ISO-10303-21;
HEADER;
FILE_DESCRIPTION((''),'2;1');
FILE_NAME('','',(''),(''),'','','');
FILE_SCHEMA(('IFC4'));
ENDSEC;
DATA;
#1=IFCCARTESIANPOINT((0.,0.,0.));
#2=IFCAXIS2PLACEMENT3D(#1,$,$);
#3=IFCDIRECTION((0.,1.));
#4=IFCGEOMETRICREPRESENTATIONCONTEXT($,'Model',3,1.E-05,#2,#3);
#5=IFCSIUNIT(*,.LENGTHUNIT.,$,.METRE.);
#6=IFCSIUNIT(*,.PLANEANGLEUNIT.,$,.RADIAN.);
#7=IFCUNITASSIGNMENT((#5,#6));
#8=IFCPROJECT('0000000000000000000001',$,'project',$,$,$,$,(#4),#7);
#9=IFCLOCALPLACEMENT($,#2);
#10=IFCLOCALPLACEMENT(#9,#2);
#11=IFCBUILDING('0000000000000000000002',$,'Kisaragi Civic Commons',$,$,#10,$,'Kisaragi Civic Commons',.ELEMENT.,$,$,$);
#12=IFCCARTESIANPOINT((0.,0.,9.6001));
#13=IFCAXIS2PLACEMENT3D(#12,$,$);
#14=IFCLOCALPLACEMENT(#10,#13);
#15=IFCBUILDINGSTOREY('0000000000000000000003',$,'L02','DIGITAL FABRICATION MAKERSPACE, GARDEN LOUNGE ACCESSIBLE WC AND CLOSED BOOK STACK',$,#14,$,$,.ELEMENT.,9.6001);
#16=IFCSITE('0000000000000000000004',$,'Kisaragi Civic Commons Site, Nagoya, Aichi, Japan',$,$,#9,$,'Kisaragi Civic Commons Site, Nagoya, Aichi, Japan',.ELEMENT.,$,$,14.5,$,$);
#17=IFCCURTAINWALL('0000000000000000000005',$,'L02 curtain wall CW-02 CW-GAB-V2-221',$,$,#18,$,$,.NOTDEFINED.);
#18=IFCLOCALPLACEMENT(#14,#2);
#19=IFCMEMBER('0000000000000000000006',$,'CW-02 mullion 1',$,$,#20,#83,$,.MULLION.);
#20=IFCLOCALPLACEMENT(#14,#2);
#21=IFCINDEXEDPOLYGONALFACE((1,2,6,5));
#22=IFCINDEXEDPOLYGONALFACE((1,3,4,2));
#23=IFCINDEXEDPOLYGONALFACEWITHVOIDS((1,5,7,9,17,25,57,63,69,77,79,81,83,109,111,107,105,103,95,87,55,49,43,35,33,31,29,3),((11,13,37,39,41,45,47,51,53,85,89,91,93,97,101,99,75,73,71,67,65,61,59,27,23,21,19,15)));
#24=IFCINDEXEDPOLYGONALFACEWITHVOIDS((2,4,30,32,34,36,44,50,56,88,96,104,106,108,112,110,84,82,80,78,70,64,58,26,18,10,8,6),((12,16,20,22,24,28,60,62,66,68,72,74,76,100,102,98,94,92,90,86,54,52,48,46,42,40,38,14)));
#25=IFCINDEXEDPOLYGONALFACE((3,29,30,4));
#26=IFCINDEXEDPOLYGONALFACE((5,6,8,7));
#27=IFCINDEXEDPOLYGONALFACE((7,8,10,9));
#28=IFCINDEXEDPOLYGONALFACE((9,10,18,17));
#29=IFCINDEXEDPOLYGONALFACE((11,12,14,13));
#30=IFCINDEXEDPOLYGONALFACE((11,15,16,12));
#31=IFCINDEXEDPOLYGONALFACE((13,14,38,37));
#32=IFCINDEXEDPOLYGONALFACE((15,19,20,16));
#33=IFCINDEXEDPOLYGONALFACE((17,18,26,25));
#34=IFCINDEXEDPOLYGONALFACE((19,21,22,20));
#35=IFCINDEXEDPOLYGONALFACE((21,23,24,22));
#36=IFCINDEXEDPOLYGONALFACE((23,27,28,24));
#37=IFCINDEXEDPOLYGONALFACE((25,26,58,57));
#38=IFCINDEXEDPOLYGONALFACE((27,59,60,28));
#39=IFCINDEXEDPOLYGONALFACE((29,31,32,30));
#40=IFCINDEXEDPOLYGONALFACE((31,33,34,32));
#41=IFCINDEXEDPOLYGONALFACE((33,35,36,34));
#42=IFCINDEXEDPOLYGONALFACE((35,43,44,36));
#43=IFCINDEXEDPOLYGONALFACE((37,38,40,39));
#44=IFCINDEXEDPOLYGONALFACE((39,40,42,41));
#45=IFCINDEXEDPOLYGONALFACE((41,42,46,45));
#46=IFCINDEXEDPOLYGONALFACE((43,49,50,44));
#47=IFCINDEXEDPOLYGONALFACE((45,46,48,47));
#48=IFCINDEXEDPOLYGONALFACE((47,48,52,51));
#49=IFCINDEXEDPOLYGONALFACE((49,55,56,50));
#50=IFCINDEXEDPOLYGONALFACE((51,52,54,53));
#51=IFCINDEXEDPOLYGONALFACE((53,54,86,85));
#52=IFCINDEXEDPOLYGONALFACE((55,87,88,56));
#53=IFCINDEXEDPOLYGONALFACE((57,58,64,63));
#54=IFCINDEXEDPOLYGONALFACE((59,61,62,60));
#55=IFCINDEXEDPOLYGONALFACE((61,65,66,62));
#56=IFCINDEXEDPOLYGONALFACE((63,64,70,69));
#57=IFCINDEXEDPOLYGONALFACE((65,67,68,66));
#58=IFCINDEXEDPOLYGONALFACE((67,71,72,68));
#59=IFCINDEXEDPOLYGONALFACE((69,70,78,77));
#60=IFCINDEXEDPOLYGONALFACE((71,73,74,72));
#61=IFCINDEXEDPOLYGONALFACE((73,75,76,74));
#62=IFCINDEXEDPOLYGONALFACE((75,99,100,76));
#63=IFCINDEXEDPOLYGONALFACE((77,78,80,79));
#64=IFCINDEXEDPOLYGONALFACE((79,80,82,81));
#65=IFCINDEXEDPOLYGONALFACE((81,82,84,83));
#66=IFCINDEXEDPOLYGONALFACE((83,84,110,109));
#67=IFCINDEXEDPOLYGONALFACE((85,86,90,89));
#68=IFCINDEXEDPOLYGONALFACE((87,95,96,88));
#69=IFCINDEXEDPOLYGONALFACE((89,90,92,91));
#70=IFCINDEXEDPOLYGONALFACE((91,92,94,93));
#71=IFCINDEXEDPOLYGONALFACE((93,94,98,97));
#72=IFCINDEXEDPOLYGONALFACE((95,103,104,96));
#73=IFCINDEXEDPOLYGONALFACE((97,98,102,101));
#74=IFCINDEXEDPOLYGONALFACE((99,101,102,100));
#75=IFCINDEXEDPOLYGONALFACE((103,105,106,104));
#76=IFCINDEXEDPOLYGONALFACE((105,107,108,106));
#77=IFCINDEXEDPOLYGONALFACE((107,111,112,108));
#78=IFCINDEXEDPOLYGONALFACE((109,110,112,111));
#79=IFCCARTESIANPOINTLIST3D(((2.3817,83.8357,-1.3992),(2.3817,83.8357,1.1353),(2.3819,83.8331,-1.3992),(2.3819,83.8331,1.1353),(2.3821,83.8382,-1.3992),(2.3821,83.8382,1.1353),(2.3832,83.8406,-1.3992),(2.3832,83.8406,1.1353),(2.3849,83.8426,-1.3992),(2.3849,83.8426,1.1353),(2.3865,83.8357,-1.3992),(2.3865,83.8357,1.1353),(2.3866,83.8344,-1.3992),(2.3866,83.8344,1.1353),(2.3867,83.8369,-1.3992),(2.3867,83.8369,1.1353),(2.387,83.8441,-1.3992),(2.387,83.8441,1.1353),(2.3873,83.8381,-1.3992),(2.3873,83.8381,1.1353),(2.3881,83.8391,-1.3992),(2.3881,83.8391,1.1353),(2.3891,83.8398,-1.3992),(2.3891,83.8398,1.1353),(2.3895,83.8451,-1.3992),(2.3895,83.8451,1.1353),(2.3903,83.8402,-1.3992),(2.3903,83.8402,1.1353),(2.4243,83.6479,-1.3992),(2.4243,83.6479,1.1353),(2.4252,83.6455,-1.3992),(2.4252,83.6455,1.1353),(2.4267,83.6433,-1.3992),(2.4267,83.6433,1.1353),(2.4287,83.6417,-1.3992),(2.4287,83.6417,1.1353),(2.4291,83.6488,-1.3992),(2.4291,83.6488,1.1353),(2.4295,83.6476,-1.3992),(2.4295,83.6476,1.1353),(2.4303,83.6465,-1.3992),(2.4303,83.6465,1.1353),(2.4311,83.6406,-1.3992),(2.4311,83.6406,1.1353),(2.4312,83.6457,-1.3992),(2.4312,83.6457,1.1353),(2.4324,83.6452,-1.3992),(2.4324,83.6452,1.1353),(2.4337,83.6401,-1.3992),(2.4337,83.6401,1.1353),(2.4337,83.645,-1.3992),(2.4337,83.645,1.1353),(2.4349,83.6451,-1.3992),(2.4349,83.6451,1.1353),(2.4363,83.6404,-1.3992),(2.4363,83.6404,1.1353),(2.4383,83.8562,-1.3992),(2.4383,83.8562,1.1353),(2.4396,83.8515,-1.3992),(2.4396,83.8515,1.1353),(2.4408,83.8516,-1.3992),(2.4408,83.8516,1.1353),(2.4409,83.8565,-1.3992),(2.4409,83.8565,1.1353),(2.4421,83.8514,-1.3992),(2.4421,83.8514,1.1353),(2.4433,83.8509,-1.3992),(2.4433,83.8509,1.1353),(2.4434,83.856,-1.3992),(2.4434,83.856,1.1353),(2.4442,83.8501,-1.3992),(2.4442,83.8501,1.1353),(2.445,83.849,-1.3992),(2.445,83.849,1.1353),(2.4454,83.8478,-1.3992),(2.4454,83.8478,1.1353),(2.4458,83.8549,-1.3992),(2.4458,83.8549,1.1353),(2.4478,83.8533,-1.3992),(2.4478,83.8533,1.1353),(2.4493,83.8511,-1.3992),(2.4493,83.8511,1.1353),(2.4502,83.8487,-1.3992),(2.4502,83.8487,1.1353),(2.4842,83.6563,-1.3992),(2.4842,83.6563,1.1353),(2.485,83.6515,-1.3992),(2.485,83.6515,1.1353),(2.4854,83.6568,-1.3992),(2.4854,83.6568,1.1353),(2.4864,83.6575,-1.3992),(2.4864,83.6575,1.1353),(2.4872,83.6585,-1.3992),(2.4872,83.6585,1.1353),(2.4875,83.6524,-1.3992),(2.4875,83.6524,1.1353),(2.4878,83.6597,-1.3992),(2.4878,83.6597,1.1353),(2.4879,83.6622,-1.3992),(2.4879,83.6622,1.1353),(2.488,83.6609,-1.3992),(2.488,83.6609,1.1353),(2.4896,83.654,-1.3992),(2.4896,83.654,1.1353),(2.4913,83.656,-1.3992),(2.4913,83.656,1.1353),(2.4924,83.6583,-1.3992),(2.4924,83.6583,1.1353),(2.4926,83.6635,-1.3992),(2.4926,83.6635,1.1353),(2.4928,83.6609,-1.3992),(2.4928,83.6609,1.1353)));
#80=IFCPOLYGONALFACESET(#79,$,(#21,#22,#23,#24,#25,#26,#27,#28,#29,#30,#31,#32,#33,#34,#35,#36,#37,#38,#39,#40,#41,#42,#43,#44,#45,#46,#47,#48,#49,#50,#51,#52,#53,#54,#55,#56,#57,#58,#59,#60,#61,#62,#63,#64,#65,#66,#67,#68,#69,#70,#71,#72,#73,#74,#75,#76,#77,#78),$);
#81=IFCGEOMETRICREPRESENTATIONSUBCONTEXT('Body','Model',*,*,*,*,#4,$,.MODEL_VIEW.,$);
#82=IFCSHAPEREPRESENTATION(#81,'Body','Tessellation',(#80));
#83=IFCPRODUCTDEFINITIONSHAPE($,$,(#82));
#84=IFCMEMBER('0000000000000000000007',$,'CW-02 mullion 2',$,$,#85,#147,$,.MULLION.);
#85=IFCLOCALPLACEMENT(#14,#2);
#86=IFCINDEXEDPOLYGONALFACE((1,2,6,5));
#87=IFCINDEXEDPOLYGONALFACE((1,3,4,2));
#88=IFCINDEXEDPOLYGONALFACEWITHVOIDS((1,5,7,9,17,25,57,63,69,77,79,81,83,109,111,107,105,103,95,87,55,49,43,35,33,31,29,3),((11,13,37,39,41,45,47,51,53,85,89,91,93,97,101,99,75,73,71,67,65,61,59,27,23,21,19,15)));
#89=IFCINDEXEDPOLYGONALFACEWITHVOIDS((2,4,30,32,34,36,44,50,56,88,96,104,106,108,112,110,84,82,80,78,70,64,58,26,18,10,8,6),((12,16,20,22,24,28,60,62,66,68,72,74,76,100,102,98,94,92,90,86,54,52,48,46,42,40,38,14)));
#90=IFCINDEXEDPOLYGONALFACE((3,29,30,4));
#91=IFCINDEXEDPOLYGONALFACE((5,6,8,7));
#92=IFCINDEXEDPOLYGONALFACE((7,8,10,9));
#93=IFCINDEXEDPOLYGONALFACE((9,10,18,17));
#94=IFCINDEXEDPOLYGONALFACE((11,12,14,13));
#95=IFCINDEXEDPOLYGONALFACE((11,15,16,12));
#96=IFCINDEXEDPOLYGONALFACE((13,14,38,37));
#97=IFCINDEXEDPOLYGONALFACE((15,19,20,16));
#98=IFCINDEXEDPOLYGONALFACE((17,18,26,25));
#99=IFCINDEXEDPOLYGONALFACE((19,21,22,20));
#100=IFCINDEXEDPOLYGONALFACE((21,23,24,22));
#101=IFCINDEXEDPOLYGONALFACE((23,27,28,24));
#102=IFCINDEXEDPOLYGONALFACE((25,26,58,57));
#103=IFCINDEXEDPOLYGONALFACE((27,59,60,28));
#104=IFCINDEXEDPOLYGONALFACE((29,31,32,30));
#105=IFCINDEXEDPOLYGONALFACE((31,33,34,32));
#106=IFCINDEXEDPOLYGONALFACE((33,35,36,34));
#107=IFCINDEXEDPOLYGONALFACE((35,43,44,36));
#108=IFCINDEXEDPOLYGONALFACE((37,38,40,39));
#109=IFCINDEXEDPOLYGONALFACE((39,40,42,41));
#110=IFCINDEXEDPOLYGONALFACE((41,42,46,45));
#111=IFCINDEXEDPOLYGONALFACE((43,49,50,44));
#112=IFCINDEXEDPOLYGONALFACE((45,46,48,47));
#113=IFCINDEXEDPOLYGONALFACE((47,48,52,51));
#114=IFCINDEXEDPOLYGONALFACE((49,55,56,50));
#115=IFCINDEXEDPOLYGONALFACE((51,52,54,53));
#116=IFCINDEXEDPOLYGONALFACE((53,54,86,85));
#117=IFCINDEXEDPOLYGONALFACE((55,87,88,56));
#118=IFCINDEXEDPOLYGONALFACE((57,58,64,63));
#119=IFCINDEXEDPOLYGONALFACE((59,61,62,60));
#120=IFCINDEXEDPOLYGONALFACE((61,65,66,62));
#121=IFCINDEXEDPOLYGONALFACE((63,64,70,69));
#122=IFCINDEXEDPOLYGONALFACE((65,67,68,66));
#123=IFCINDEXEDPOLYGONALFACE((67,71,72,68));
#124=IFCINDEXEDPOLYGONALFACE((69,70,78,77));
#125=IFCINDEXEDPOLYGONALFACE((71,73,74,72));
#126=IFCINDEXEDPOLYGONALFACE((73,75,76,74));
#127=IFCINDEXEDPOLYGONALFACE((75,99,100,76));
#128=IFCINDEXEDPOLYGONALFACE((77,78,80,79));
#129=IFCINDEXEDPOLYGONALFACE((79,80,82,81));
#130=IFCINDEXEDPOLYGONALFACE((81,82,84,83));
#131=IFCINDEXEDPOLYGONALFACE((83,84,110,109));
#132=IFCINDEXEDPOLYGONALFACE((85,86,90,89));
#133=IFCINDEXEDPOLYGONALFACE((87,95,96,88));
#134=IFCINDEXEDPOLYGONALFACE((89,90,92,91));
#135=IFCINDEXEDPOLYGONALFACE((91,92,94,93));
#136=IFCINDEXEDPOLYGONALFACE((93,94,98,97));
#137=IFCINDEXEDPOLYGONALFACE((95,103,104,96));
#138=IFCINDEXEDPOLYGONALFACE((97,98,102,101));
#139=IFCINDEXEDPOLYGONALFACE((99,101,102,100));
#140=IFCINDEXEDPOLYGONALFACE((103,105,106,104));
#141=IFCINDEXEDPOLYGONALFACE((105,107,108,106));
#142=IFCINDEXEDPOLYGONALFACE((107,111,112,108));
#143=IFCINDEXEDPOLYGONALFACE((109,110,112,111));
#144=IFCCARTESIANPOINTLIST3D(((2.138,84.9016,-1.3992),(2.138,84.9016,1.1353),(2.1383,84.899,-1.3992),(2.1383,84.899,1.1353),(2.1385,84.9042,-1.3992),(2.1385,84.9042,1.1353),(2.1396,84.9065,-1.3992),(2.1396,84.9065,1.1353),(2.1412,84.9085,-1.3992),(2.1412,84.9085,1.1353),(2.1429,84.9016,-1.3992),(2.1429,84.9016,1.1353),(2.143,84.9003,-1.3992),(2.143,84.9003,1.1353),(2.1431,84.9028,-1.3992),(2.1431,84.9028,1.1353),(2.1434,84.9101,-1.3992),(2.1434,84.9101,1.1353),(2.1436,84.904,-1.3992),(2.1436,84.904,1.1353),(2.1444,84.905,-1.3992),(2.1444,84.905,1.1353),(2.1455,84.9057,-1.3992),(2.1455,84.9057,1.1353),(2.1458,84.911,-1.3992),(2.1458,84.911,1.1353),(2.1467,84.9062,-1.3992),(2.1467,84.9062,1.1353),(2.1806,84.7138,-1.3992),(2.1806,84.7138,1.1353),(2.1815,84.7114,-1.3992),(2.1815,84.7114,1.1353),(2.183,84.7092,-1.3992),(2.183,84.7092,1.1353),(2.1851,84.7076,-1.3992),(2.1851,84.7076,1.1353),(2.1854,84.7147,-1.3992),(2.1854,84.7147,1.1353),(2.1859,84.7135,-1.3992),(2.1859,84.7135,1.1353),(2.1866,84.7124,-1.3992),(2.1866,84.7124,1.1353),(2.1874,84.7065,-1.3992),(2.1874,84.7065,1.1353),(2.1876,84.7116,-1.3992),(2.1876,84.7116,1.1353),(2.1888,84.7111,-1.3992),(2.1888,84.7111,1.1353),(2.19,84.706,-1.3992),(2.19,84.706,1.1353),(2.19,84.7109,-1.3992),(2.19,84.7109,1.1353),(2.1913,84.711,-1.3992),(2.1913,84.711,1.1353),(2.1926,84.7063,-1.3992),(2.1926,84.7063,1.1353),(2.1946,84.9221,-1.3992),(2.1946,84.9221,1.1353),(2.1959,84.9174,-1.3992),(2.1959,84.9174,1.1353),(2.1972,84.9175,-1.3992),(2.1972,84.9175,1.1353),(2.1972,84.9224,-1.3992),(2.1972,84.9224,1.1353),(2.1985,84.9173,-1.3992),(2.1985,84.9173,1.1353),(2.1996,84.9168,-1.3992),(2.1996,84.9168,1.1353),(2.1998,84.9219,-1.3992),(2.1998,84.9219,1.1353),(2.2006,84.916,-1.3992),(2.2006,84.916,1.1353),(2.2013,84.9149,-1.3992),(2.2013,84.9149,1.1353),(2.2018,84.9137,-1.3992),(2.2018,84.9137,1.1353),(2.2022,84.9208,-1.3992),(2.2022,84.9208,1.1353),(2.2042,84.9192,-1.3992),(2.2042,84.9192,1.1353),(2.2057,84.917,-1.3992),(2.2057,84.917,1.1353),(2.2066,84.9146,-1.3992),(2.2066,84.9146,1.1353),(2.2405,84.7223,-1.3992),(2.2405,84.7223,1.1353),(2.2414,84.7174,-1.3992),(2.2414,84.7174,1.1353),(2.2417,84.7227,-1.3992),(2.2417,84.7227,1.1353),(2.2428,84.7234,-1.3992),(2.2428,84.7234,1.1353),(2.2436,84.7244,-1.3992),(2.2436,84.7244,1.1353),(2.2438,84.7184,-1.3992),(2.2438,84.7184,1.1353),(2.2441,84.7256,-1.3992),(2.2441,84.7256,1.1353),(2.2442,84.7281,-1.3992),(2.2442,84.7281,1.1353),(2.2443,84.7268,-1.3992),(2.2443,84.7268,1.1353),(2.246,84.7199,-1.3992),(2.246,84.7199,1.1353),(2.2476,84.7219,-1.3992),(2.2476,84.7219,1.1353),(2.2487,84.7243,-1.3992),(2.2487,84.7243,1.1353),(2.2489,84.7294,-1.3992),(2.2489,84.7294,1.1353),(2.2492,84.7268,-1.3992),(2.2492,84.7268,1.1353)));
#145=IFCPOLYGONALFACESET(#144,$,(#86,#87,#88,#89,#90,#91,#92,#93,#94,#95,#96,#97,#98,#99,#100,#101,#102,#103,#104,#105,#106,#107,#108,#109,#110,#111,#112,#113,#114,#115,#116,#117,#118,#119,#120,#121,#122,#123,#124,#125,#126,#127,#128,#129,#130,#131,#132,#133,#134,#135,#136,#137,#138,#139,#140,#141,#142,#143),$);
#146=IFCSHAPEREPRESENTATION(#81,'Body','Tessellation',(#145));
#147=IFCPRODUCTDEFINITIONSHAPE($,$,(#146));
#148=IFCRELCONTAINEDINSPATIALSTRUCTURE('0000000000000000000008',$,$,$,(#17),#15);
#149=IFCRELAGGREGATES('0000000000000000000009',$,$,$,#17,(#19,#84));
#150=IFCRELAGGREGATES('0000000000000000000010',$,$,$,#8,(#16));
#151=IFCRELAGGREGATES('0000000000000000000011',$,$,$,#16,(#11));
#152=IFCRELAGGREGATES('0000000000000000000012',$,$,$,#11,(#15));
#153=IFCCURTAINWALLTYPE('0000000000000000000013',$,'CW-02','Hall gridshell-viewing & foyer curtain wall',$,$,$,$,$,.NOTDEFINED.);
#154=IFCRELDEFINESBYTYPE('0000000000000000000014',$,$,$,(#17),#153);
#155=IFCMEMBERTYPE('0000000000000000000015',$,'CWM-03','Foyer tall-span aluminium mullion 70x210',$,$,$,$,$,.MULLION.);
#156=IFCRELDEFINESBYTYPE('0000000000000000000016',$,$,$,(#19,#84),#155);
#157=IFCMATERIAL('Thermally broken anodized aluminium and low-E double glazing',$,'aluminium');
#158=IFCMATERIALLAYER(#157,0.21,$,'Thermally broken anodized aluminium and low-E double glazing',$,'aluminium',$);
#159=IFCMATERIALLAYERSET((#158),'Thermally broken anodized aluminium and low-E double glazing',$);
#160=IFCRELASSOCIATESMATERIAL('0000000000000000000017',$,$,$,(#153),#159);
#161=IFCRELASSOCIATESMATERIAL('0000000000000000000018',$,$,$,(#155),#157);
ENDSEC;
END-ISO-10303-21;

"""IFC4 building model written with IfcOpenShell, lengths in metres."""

from ifc_helpers import new_model, si_unit, direction, frame, origin, origin_2d, place, context, subcontext, project, spatial, hollow_rectangle, extrude, material, layer, layer_set, material_profile, profile_set, type_object, element, aggregate, save


model = new_model("IFC4")

# Units and contexts
model_context = context("Model", 3, precision=1e-05, world=origin(), true_north=direction((0.0, 1.0)))
body_context = subcontext(model_context, "Body", "Model", "MODEL_VIEW")
ifc_project = project(units=[si_unit("LENGTHUNIT", "METRE"), si_unit("PLANEANGLEUNIT", "RADIAN")], contexts=[model_context])

# Site, building, storey
site_placement = place(None, origin())
site = spatial("IfcSite", under=ifc_project, at=site_placement, Name="Kisaragi Civic Commons Site, Nagoya, Aichi, Japan", LongName="Kisaragi Civic Commons Site, Nagoya, Aichi, Japan", CompositionType="ELEMENT", RefElevation=14.5)
building_placement = place(site_placement, origin())
building = spatial("IfcBuilding", under=site, at=building_placement, Name="Kisaragi Civic Commons", LongName="Kisaragi Civic Commons", CompositionType="ELEMENT")
storey_placement = place(building_placement, frame((0.0, 0.0, 9.6001)))
storey = spatial("IfcBuildingStorey", under=building, at=storey_placement, Name="L02", Description="DIGITAL FABRICATION MAKERSPACE, GARDEN LOUNGE ACCESSIBLE WC AND CLOSED BOOK STACK", CompositionType="ELEMENT", Elevation=9.6001)

# Curtain wall, members
ifc_material_1 = material(Name="Thermally broken anodized aluminium and low-E double glazing", Category="aluminium")
ifc_layer_1 = layer(ifc_material_1, 0.21, Name="Thermally broken anodized aluminium and low-E double glazing", Category="aluminium")
ifc_layer_set_1 = layer_set([ifc_layer_1], Name="Thermally broken anodized aluminium and low-E double glazing")
curtain_wall_type = type_object("IfcCurtainWallType", Name="CW-02", Description="Hall gridshell-viewing & foyer curtain wall", PredefinedType="NOTDEFINED", material=ifc_layer_set_1)
curtain_wall_placement = place(storey_placement, origin())
curtain_wall = element("IfcCurtainWall", 1, at=curtain_wall_placement, inside=storey, type_object=curtain_wall_type, Name="L02 curtain wall CW-02 CW-GAB-V2-221", PredefinedType="NOTDEFINED")
ifc_material_profile_1 = material_profile(ifc_material_1, hollow_rectangle(XDim=0.0701, YDim=0.21, WallThickness=0.0049, InnerFilletRadius=0.0049, OuterFilletRadius=0.01, at=origin_2d()), Name="CWM-70x210x5", Category="aluminium")
ifc_profile_set_1 = profile_set([ifc_material_profile_1], Name="Thermally broken anodized aluminium and low-E double glazing")
member_type_1 = type_object("IfcMemberType", Name="CWM-03", Description="Foyer tall-span aluminium mullion 70x210", PredefinedType="MULLION", material=ifc_profile_set_1)
member_1_placement = place(storey_placement, frame((2.4373, 83.7483, -1.3992), z_axis=(0.0, 0.0, 1.0), x_axis=(-0.974844, -0.222889, 0.0)))
member_1 = element("IfcMember", 2, at=member_1_placement, type_object=member_type_1, Name="CW-02 mullion 1", PredefinedType="MULLION", context=body_context, shape_type="SweptSolid", body=[
    extrude(hollow_rectangle(XDim=0.0701, YDim=0.21, WallThickness=0.0049, InnerFilletRadius=0.0049, OuterFilletRadius=0.01, at=origin_2d()), origin(), (0.0, 0.0, 1.0), 2.5344),
])
member_2_placement = place(storey_placement, frame((2.1936, 84.8142, -1.3992), z_axis=(0.0, 0.0, 1.0), x_axis=(-0.974844, -0.222889, 0.0)))
member_2 = element("IfcMember", 3, at=member_2_placement, type_object=member_type_1, Name="CW-02 mullion 2", PredefinedType="MULLION", context=body_context, shape_type="SweptSolid", body=[
    extrude(hollow_rectangle(XDim=0.0701, YDim=0.21, WallThickness=0.0049, InnerFilletRadius=0.0049, OuterFilletRadius=0.01, at=origin_2d()), origin(), (0.0, 0.0, 1.0), 2.5344),
])

aggregate(curtain_wall, [member_1, member_2])

save(model, "model.ifc")
